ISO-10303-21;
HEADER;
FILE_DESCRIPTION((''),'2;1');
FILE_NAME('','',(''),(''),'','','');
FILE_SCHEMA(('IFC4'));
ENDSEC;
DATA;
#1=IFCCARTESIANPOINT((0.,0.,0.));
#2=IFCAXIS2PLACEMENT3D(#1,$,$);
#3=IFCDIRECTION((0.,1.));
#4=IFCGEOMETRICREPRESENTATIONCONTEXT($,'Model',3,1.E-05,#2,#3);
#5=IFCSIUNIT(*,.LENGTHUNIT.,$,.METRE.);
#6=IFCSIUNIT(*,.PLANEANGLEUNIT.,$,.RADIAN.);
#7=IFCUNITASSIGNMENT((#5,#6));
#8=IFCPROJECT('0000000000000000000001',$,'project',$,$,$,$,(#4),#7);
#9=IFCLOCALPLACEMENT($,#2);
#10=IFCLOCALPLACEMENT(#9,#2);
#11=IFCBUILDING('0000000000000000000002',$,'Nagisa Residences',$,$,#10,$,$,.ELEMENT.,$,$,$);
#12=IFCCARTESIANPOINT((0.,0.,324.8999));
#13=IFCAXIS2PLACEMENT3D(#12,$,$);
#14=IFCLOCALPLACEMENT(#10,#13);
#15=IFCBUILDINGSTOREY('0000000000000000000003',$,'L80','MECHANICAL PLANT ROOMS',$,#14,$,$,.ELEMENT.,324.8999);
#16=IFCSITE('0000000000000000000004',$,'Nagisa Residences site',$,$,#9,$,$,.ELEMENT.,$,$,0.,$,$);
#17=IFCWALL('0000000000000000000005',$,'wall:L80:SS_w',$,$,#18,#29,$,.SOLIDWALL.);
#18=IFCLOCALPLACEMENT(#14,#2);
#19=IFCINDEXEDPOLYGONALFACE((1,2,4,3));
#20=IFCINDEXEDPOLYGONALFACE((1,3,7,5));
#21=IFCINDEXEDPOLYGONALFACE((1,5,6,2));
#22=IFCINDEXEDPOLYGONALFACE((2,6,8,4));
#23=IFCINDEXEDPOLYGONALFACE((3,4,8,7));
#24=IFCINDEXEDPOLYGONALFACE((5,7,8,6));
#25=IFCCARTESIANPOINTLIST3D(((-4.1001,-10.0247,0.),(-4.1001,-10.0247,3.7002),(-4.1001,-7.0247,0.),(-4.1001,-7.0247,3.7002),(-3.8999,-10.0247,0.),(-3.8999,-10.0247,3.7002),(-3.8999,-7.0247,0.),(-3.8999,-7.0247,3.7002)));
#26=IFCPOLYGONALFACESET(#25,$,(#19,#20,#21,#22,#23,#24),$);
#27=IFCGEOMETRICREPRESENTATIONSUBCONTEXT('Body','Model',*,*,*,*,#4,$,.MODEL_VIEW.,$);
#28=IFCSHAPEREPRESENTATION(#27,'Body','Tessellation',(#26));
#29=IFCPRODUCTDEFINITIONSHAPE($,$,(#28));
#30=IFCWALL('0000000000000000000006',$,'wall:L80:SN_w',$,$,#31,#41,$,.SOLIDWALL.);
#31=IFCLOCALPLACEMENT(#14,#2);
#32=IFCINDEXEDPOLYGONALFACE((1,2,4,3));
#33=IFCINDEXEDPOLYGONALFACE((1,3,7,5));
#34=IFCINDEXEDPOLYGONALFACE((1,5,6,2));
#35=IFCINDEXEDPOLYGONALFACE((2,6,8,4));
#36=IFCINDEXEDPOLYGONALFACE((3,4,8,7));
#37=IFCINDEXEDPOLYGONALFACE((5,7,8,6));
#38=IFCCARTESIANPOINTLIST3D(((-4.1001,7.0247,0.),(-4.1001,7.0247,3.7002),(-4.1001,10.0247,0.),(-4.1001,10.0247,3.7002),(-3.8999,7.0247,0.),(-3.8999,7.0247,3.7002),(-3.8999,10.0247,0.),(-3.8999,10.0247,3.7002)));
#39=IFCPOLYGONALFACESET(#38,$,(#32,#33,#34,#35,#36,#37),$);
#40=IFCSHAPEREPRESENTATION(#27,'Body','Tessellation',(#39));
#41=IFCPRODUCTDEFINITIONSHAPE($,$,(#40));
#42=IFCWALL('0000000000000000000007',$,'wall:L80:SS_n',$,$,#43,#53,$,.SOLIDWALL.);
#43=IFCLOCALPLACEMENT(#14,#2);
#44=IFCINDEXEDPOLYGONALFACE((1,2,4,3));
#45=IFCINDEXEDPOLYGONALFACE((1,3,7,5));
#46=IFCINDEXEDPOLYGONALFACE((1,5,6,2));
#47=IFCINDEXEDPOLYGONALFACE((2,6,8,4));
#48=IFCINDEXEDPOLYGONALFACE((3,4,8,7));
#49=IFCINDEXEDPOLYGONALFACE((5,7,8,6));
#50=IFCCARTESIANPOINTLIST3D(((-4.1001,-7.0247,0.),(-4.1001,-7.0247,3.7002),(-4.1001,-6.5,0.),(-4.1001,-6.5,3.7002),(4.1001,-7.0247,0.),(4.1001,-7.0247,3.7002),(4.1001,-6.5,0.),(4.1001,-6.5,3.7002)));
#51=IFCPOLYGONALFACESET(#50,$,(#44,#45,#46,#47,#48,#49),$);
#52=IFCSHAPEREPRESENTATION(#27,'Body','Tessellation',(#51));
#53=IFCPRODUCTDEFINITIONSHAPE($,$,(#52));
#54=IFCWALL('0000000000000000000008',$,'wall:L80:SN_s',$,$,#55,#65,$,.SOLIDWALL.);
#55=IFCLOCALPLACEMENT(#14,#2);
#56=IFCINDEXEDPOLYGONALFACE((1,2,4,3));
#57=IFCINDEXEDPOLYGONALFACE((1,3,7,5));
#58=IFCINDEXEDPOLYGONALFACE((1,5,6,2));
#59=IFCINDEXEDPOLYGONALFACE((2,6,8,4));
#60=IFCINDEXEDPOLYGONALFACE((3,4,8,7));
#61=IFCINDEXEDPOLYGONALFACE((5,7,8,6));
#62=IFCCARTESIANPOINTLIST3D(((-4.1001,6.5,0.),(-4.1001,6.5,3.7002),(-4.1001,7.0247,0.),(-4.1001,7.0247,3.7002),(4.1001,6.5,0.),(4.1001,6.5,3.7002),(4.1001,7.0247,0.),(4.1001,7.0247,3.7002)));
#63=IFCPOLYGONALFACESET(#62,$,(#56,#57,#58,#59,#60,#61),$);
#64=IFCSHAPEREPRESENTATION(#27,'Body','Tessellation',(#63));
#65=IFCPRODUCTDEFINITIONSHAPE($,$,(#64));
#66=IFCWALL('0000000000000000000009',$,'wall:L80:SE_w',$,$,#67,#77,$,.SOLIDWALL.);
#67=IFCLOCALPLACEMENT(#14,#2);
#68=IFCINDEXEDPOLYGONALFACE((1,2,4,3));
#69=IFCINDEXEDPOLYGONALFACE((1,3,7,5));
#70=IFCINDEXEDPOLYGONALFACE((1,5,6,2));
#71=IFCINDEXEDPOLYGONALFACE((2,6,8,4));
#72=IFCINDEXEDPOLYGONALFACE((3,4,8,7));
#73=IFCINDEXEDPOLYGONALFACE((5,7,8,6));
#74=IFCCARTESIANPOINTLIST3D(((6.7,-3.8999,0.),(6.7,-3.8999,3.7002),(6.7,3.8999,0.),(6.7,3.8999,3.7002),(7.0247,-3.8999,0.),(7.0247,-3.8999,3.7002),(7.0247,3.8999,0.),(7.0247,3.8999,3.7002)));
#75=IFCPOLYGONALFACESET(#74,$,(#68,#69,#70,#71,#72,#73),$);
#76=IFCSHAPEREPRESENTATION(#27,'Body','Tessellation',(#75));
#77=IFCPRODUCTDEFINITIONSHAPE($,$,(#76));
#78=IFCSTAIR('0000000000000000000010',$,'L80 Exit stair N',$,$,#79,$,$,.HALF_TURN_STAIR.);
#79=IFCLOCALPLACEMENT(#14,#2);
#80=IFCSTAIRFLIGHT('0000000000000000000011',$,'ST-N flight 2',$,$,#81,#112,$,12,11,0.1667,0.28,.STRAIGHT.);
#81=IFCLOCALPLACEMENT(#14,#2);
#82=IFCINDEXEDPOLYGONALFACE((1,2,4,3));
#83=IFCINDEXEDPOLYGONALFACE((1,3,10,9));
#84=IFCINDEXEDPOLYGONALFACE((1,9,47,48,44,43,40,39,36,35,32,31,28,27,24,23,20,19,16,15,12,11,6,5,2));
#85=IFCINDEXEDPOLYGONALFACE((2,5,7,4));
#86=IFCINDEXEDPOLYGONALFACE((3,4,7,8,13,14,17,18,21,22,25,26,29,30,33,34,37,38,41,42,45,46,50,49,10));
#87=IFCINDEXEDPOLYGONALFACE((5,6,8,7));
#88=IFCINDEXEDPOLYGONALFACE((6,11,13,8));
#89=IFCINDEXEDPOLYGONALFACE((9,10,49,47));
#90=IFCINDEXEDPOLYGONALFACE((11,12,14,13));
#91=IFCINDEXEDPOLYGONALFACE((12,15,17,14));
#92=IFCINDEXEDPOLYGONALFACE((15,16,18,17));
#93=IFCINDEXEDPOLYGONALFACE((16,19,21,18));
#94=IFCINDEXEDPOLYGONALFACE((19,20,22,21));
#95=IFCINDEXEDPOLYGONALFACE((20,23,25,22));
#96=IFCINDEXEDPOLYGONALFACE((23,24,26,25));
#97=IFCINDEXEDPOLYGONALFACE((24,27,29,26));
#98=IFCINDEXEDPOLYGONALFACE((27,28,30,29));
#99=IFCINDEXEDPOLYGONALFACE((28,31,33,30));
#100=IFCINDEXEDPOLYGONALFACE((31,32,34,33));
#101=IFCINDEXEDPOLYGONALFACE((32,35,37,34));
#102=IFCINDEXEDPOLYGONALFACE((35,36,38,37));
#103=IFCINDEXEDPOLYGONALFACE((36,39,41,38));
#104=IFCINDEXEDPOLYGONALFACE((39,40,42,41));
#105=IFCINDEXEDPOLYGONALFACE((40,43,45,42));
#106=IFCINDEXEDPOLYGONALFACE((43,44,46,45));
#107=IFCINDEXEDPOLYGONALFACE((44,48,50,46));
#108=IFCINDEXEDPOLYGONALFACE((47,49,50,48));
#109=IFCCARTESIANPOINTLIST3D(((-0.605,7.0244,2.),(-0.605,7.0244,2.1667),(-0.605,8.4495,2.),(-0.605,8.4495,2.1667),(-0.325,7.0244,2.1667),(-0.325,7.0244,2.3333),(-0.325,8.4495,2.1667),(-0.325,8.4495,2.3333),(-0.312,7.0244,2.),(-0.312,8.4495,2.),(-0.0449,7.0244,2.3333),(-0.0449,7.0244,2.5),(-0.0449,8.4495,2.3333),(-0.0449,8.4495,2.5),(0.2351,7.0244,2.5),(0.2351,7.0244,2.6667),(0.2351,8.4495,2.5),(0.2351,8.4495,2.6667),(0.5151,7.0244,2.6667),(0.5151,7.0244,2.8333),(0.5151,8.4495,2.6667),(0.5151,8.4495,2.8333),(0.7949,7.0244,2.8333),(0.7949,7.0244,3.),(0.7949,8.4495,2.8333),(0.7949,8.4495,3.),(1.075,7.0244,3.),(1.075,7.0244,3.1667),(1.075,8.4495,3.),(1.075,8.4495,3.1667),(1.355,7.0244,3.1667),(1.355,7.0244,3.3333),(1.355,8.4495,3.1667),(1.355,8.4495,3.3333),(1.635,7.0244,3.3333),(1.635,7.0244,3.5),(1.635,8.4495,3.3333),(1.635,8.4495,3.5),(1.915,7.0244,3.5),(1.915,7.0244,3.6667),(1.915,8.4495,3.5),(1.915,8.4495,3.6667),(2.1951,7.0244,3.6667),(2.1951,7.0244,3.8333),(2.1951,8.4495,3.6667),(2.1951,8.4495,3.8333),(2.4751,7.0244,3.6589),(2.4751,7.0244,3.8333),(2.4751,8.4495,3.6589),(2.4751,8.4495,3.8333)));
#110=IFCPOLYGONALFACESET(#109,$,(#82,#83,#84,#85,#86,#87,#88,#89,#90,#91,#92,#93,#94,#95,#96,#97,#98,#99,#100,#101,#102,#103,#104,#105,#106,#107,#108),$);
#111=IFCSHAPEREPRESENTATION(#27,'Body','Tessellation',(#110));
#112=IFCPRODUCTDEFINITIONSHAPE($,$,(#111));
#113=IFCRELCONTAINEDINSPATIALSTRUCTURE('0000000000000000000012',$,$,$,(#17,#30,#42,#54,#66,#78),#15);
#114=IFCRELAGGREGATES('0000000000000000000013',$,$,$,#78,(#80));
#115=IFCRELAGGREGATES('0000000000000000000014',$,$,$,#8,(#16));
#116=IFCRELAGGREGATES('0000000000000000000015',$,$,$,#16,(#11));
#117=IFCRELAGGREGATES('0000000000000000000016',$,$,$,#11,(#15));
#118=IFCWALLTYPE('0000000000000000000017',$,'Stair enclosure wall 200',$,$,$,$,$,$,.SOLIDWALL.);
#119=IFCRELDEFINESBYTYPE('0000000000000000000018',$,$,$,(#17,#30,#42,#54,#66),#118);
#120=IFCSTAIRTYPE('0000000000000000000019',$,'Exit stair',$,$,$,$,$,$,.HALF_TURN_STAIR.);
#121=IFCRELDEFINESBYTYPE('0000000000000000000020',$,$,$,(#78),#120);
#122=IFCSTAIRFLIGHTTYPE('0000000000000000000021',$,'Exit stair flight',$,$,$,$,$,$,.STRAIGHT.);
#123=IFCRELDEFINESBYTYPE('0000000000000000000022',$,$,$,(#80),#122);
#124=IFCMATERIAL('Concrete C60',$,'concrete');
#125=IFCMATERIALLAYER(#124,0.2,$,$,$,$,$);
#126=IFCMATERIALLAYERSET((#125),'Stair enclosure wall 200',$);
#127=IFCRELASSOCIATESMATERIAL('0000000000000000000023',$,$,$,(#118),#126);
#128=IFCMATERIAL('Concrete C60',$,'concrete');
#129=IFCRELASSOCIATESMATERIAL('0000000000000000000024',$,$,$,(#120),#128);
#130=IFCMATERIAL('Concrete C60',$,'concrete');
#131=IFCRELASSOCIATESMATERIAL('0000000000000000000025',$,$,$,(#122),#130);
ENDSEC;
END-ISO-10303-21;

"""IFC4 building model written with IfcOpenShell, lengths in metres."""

from ifc_helpers import new_model, si_unit, direction, frame, origin, place, context, subcontext, project, spatial, polyline, outline, extrude, material, layer, layer_set, type_object, element, aggregate, save


model = new_model("IFC4")

# Units and contexts
model_context = context("Model", 3, precision=1e-05, world=origin(), true_north=direction((0.0, 1.0)))
body_context = subcontext(model_context, "Body", "Model", "MODEL_VIEW")
ifc_project = project(units=[si_unit("LENGTHUNIT", "METRE"), si_unit("PLANEANGLEUNIT", "RADIAN")], contexts=[model_context])

# Site, building, storey
site_placement = place(None, origin())
site = spatial("IfcSite", under=ifc_project, at=site_placement, Name="Nagisa Residences site", CompositionType="ELEMENT", RefElevation=0.0)
building_placement = place(site_placement, origin())
building = spatial("IfcBuilding", under=site, at=building_placement, Name="Nagisa Residences", CompositionType="ELEMENT")
storey_placement = place(building_placement, frame((0.0, 0.0, 324.8999)))
storey = spatial("IfcBuildingStorey", under=building, at=storey_placement, Name="L80", Description="MECHANICAL PLANT ROOMS", CompositionType="ELEMENT", Elevation=324.8999)

# Walls
ifc_material_1 = material(Name="Concrete C60", Category="concrete")
ifc_layer_1 = layer(ifc_material_1, 0.2)
ifc_layer_set_1 = layer_set([ifc_layer_1], Name="Stair enclosure wall 200")
wall_type_1 = type_object("IfcWallType", Name="Stair enclosure wall 200", PredefinedType="SOLIDWALL", material=ifc_layer_set_1)
wall_1_placement = place(storey_placement, origin())
element("IfcWall", 1, at=wall_1_placement, inside=storey, type_object=wall_type_1, Name="wall:L80:SS_w", PredefinedType="SOLIDWALL", context=body_context, shape_type="SweptSolid", body=[
    extrude(outline(polyline([(-3.8999, -10.0247), (-4.1001, -10.0247), (-4.1001, -7.0247), (-3.8999, -7.0247), (-3.8999, -10.0247)])), origin(), (0.0, 0.0, 1.0), 3.7002),
])
wall_2_placement = place(storey_placement, origin())
element("IfcWall", 2, at=wall_2_placement, inside=storey, type_object=wall_type_1, Name="wall:L80:SN_w", PredefinedType="SOLIDWALL", context=body_context, shape_type="SweptSolid", body=[
    extrude(outline(polyline([(-3.8999, 7.0247), (-4.1001, 7.0247), (-4.1001, 10.0247), (-3.8999, 10.0247), (-3.8999, 7.0247)])), origin(), (0.0, 0.0, 1.0), 3.7002),
])
wall_3_placement = place(storey_placement, origin())
element("IfcWall", 3, at=wall_3_placement, inside=storey, type_object=wall_type_1, Name="wall:L80:SS_n", PredefinedType="SOLIDWALL", context=body_context, shape_type="SweptSolid", body=[
    extrude(outline(polyline([(4.1001, -7.0247), (-4.1001, -7.0247), (-4.1001, -6.5), (4.1001, -6.5), (4.1001, -7.0247)])), origin(), (0.0, 0.0, 1.0), 3.7002),
])
wall_4_placement = place(storey_placement, origin())
element("IfcWall", 4, at=wall_4_placement, inside=storey, type_object=wall_type_1, Name="wall:L80:SN_s", PredefinedType="SOLIDWALL", context=body_context, shape_type="SweptSolid", body=[
    extrude(outline(polyline([(4.1001, 6.5), (-4.1001, 6.5), (-4.1001, 7.0247), (4.1001, 7.0247), (4.1001, 6.5)])), origin(), (0.0, 0.0, 1.0), 3.7002),
])
wall_5_placement = place(storey_placement, origin())
element("IfcWall", 5, at=wall_5_placement, inside=storey, type_object=wall_type_1, Name="wall:L80:SE_w", PredefinedType="SOLIDWALL", context=body_context, shape_type="SweptSolid", body=[
    extrude(outline(polyline([(7.0247, -3.8999), (6.7, -3.8999), (6.7, 3.8999), (7.0247, 3.8999), (7.0247, -3.8999)])), origin(), (0.0, 0.0, 1.0), 3.7002),
])

# Stair, stair flight
ifc_material_2 = material(Name="Concrete C60", Category="concrete")
stair_type = type_object("IfcStairType", Name="Exit stair", PredefinedType="HALF_TURN_STAIR", material=ifc_material_2)
stair_placement = place(storey_placement, origin())
stair = element("IfcStair", 6, at=stair_placement, inside=storey, type_object=stair_type, Name="L80 Exit stair N", PredefinedType="HALF_TURN_STAIR")
ifc_material_3 = material(Name="Concrete C60", Category="concrete")
stair_flight_type = type_object("IfcStairFlightType", Name="Exit stair flight", PredefinedType="STRAIGHT", material=ifc_material_3)
stair_flight_placement = place(storey_placement, frame((-0.605, 7.7371, 2.0), z_axis=(0.0, 0.0, 1.0), x_axis=(1.0, 0.0, 0.0)))
stair_flight = element("IfcStairFlight", 7, at=stair_flight_placement, type_object=stair_flight_type, Name="ST-N flight 2", NumberOfRisers=12, NumberOfTreads=11, PredefinedType="STRAIGHT", RiserHeight=0.1667, TreadLength=0.28, context=body_context, shape_type="SweptSolid", body=[
    extrude(outline(polyline([(0.0, 0.0), (0.0, 0.1667), (0.28, 0.1667), (0.28, 0.3333), (0.5601, 0.3333), (0.5601, 0.5), (0.8401, 0.5), (0.8401, 0.6667), (1.1201, 0.6667), (1.1201, 0.8333), (1.3999, 0.8333), (1.3999, 1.0), (1.6799, 1.0), (1.6799, 1.1667), (1.96, 1.1667), (1.96, 1.3333), (2.24, 1.3333), (2.24, 1.5), (2.52, 1.5), (2.52, 1.6667), (2.8, 1.6667), (2.8, 1.8333), (3.0801, 1.8333), (3.0801, 2.0), (3.0801, 1.6589), (0.293, 0.0), (0.0, 0.0)])), frame((0.0, 0.7124, 0.0), z_axis=(0.0, -1.0, 0.0), x_axis=(1.0, 0.0, 0.0)), (0.0, 0.0, 1.0), 1.425),
])
aggregate(stair, [stair_flight])

save(model, "model.ifc")
